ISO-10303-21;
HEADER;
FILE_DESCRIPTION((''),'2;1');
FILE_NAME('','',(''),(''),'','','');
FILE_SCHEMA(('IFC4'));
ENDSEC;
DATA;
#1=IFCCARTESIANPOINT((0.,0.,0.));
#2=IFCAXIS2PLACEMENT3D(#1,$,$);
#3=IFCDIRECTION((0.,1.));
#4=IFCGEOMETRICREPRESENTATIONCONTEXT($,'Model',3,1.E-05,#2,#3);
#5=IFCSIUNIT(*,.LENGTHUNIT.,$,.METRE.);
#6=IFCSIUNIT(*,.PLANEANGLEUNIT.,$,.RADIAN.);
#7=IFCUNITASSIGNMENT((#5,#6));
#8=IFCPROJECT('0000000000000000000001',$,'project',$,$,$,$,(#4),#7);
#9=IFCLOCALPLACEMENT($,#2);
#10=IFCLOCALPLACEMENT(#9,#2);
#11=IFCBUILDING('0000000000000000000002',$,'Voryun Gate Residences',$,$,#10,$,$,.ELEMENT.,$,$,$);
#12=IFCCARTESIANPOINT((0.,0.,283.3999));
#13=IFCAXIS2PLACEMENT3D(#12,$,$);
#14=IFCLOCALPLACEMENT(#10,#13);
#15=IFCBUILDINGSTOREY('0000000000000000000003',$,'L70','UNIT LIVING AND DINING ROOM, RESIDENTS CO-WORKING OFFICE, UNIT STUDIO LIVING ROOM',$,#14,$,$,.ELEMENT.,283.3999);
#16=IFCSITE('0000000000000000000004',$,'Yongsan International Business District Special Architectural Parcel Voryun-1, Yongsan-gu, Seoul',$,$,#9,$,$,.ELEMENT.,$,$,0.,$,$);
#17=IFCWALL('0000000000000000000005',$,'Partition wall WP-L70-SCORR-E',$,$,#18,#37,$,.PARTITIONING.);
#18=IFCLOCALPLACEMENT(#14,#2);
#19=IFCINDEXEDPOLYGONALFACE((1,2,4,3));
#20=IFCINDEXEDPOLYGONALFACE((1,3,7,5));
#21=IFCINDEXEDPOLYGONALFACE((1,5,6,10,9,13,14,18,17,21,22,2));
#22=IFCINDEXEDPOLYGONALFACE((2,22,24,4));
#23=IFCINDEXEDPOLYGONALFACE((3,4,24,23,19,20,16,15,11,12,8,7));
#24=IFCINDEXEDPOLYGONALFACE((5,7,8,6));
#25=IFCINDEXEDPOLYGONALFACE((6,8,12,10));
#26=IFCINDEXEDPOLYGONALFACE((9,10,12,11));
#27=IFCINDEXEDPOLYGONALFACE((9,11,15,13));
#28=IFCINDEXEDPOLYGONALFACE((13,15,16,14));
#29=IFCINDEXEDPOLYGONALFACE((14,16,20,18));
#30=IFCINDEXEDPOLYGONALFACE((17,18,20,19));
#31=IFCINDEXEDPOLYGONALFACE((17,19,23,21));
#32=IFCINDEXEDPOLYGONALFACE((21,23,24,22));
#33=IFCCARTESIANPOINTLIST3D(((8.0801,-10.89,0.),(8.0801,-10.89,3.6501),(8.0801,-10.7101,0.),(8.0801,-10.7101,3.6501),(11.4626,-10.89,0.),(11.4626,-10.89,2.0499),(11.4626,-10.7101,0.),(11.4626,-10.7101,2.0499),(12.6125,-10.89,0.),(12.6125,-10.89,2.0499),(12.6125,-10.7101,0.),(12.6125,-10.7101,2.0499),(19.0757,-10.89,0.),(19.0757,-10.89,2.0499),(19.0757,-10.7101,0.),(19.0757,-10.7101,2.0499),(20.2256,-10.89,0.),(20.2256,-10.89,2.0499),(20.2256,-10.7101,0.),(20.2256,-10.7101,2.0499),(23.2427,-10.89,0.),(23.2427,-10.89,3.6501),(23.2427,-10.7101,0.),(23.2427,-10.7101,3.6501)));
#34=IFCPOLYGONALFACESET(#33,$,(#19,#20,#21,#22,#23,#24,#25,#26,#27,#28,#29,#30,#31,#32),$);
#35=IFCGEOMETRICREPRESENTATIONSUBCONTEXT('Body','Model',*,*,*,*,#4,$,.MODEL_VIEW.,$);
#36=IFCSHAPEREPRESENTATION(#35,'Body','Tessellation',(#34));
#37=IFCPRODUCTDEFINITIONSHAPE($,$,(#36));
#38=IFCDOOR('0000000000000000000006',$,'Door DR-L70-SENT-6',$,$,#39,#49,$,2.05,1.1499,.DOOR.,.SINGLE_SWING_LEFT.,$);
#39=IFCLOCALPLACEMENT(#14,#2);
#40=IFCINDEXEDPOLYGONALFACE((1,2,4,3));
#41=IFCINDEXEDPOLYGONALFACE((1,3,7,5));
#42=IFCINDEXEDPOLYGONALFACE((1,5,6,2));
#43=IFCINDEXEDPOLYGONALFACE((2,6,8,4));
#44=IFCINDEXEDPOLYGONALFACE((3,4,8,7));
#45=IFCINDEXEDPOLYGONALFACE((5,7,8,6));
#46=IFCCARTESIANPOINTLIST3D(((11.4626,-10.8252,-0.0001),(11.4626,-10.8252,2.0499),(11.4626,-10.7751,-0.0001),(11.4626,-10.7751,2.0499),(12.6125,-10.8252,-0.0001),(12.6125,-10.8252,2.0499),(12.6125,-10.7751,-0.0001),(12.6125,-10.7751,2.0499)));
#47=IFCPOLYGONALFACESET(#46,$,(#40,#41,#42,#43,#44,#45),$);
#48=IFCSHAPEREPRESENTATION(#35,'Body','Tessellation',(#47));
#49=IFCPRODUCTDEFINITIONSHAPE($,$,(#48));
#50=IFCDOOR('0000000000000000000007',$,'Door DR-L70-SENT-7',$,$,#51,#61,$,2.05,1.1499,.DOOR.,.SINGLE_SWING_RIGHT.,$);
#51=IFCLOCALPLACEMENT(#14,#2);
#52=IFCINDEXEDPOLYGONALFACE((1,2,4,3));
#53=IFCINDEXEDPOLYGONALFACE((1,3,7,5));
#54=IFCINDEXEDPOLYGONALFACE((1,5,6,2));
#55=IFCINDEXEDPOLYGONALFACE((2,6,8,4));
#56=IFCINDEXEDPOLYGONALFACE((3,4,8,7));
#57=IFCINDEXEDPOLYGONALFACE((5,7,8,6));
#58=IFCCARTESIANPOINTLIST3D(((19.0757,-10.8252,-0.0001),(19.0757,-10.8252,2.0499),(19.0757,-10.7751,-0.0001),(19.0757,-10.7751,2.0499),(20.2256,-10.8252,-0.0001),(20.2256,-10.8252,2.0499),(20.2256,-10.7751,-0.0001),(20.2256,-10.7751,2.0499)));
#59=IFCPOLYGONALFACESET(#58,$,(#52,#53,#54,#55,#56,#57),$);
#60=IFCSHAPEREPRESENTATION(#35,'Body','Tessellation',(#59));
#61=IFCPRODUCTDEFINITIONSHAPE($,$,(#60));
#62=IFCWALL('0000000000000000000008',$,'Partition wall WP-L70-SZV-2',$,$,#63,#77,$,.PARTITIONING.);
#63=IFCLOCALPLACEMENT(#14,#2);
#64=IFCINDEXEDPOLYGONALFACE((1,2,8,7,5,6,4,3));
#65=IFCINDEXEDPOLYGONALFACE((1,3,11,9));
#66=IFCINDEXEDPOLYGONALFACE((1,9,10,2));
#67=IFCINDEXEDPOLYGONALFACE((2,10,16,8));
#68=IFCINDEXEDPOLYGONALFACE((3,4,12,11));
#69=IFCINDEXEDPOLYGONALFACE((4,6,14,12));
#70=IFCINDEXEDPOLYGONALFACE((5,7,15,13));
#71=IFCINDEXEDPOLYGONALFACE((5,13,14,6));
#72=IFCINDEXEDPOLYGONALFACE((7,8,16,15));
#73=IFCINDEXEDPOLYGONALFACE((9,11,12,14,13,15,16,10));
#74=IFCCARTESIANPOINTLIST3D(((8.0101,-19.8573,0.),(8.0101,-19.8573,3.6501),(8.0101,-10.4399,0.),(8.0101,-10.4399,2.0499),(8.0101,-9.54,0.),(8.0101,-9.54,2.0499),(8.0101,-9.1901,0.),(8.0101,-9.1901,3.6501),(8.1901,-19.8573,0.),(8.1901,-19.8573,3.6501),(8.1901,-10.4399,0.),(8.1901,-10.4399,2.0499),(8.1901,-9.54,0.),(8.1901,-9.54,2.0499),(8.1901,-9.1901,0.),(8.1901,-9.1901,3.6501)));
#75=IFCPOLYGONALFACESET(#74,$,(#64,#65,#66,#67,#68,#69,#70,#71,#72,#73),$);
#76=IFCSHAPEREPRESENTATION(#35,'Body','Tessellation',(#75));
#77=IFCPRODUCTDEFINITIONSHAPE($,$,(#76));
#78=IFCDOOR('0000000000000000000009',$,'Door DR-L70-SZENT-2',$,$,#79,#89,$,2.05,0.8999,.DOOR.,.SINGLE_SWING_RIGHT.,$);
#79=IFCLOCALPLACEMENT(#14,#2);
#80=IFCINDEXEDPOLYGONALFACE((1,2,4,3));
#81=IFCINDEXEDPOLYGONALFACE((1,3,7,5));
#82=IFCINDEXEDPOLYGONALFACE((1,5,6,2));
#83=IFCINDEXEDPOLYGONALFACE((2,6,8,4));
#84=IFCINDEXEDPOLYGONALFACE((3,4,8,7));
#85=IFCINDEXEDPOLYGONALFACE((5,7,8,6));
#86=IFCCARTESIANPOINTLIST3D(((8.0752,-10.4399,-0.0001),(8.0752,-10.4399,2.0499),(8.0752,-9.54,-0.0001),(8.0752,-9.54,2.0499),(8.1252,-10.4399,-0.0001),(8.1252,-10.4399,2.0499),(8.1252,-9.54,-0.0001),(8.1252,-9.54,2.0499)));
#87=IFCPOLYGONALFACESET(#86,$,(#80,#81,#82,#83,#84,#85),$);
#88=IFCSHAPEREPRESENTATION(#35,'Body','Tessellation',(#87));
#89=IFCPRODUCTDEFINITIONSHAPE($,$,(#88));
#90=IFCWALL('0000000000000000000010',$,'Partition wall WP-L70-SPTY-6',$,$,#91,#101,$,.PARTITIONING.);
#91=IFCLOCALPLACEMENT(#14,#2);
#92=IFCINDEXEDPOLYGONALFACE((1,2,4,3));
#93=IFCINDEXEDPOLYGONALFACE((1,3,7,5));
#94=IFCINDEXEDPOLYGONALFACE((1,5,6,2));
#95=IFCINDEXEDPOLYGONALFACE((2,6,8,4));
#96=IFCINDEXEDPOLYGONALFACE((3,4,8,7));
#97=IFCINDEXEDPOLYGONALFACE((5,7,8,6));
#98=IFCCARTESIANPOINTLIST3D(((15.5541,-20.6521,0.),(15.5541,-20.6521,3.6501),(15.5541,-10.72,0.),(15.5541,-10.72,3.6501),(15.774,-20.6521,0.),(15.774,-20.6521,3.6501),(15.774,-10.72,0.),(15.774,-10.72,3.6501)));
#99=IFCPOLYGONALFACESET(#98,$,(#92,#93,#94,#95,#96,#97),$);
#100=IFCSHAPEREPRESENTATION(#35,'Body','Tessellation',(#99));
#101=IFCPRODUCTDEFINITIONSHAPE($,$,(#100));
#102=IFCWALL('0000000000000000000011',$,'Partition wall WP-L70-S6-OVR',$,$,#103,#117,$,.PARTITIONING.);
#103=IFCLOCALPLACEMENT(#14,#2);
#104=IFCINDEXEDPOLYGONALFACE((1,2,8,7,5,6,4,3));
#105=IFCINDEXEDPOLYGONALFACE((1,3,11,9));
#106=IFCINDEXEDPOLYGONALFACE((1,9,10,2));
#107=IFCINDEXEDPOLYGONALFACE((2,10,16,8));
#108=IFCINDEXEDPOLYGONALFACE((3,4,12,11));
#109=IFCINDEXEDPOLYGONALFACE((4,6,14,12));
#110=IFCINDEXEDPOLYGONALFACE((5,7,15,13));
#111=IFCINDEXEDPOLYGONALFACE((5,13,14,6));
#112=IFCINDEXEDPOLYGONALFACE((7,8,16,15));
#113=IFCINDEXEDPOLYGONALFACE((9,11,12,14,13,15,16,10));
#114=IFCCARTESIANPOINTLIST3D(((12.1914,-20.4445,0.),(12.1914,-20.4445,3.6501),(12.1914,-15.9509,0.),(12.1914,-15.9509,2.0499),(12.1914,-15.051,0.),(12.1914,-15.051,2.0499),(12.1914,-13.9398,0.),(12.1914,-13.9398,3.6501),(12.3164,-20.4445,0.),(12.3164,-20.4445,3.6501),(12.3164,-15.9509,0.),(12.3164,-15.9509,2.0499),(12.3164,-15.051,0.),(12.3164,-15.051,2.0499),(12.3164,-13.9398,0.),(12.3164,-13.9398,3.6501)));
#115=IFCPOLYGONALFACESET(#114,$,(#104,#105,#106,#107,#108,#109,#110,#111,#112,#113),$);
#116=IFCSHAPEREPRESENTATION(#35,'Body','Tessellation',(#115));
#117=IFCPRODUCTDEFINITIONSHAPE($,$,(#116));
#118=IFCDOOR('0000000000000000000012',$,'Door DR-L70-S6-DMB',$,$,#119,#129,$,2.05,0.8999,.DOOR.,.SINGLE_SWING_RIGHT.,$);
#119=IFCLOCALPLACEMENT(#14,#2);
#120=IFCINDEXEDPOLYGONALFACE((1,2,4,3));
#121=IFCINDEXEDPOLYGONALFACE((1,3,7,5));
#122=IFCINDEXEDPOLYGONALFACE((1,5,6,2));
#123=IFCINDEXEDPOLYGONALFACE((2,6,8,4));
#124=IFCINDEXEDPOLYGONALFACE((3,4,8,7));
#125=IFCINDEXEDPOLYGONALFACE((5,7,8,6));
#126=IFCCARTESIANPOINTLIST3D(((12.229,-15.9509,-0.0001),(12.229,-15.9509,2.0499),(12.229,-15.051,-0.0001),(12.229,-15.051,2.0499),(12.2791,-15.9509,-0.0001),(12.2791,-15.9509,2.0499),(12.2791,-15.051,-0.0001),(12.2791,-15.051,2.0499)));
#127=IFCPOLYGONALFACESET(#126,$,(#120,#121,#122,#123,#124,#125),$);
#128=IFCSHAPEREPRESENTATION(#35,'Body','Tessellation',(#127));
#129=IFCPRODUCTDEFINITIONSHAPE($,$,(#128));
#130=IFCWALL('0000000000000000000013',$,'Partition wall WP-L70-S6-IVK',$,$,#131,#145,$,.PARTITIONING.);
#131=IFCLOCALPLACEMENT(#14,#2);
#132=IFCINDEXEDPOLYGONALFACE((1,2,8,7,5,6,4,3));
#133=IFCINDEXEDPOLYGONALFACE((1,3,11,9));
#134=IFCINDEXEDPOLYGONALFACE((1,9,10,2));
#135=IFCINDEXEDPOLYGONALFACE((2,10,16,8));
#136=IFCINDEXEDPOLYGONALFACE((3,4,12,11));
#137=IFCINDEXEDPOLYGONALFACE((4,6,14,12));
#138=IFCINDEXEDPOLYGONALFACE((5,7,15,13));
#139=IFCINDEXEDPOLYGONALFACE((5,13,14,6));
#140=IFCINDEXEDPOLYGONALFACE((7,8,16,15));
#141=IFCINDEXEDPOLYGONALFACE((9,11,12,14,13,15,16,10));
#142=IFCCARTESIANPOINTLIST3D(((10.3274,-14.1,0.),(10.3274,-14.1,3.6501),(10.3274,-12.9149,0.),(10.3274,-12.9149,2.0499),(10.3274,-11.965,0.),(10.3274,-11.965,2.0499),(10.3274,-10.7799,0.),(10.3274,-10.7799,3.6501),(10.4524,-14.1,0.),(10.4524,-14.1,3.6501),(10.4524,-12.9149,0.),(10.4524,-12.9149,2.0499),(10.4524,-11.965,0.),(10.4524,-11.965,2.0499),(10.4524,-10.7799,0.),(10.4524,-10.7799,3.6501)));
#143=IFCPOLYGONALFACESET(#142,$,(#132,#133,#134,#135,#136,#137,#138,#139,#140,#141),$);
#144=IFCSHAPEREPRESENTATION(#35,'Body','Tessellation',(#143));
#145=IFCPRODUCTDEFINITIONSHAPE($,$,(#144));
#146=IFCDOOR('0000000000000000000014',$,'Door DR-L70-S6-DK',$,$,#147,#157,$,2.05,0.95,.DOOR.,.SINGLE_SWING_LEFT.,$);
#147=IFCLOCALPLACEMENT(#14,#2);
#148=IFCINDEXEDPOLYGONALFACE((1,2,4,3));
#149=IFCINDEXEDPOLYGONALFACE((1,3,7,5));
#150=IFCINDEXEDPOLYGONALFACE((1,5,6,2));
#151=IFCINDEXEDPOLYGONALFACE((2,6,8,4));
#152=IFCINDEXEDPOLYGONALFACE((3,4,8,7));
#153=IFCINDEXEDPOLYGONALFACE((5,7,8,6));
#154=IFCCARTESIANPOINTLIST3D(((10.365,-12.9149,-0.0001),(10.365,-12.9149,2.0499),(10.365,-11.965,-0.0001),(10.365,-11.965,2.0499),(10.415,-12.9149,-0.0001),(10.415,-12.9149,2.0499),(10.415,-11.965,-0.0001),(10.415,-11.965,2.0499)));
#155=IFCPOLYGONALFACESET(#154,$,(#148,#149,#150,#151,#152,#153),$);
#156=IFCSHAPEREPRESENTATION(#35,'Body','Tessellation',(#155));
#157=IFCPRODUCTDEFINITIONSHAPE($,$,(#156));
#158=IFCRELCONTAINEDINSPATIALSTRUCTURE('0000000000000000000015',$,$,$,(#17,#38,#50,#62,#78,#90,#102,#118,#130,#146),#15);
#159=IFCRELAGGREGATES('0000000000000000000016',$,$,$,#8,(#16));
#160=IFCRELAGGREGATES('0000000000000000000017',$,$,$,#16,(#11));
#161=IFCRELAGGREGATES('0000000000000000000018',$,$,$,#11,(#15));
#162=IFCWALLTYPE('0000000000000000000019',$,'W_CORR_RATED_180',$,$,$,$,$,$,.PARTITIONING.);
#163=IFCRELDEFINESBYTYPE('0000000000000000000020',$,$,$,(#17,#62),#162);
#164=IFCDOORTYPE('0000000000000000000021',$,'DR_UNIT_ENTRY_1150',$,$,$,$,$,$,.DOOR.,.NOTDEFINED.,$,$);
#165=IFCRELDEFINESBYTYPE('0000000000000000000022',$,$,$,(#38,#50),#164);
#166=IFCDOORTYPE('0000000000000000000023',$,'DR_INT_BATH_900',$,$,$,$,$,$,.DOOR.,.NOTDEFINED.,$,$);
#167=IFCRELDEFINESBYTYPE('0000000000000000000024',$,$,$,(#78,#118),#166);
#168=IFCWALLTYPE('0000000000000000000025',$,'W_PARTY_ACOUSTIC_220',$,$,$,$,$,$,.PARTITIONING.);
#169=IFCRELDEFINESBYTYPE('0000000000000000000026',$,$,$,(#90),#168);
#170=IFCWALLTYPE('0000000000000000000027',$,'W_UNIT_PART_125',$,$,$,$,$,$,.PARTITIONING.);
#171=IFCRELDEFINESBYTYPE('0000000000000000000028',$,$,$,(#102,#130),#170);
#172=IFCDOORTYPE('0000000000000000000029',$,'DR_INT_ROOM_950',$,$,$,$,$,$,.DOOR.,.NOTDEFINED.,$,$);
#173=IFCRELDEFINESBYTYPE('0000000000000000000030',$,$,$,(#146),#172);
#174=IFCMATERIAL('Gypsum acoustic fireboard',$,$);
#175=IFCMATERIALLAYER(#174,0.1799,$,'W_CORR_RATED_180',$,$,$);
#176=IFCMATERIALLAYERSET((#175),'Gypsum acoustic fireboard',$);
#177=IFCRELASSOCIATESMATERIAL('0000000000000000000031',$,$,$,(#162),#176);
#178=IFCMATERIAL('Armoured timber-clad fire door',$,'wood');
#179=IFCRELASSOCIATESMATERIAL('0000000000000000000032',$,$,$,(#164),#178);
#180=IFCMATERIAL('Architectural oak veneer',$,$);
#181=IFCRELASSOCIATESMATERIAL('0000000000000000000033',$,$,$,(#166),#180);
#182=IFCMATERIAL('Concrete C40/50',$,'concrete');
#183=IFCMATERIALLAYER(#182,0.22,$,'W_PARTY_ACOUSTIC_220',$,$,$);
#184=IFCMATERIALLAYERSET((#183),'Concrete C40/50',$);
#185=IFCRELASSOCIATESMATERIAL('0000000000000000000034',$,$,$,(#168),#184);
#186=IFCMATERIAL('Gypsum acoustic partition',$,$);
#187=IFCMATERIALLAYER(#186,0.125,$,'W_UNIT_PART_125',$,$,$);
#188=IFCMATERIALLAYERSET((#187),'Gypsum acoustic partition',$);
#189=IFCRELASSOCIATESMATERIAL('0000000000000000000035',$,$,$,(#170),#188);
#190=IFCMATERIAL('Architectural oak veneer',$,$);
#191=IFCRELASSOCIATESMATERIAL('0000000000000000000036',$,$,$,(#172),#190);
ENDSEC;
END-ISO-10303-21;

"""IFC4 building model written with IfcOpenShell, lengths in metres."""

from ifc_helpers import new_model, si_unit, direction, frame, frame_2d, origin, place, context, subcontext, project, spatial, rectangle, extrude, material, layer, layer_set, type_object, element, fill, save


model = new_model("IFC4")

# Units and contexts
model_context = context("Model", 3, precision=1e-05, world=origin(), true_north=direction((0.0, 1.0)))
body_context = subcontext(model_context, "Body", "Model", "MODEL_VIEW")
ifc_project = project(units=[si_unit("LENGTHUNIT", "METRE"), si_unit("PLANEANGLEUNIT", "RADIAN")], contexts=[model_context])

# Site, building, storey
site_placement = place(None, origin())
site = spatial("IfcSite", under=ifc_project, at=site_placement, Name="Yongsan International Business District Special Architectural Parcel Voryun-1, Yongsan-gu, Seoul", CompositionType="ELEMENT", RefElevation=0.0)
building_placement = place(site_placement, origin())
building = spatial("IfcBuilding", under=site, at=building_placement, Name="Voryun Gate Residences", CompositionType="ELEMENT")
storey_placement = place(building_placement, frame((0.0, 0.0, 283.3999)))
storey = spatial("IfcBuildingStorey", under=building, at=storey_placement, Name="L70", Description="UNIT LIVING AND DINING ROOM, RESIDENTS CO-WORKING OFFICE, UNIT STUDIO LIVING ROOM", CompositionType="ELEMENT", Elevation=283.3999)

# Shared definitions
ifc_material_1 = material(Name="Gypsum acoustic fireboard")
ifc_layer_1 = layer(ifc_material_1, 0.1799, Name="W_CORR_RATED_180")
ifc_layer_set_1 = layer_set([ifc_layer_1], Name="Gypsum acoustic fireboard")
wall_type_1 = type_object("IfcWallType", Name="W_CORR_RATED_180", PredefinedType="PARTITIONING", material=ifc_layer_set_1)

# Wall, openings, doors
wall_1_placement = place(storey_placement, frame((8.0801, -10.8, 0.0), z_axis=(0.0, 0.0, 1.0), x_axis=(1.0, 0.0, 0.0)))
wall_1 = element("IfcWall", 1, at=wall_1_placement, inside=storey, type_object=wall_type_1, Name="Partition wall WP-L70-SCORR-E", PredefinedType="PARTITIONING", context=body_context, shape_type="SweptSolid", body=[
    extrude(rectangle(XDim=15.1626, YDim=0.1799, at=frame_2d((7.5813, 0.0))), origin(), (0.0, 0.0, 1.0), 3.6501),
])
opening_1_placement = place(wall_1_placement, frame((3.3826, 0.0, 0.0)))
opening_1 = element("IfcOpeningElement", 2, at=opening_1_placement, cuts=wall_1, PredefinedType="OPENING", context=body_context, shape_type="SweptSolid", body=[
    extrude(rectangle(XDim=1.1499, YDim=2.05, at=frame_2d((0.575, 1.0249))), frame((0.0, 0.0999, 0.0), z_axis=(0.0, -1.0, 0.0), x_axis=(1.0, 0.0, 0.0)), (0.0, 0.0, 1.0), 0.2),
])
opening_2_placement = place(wall_1_placement, frame((10.9956, 0.0, 0.0)))
opening_2 = element("IfcOpeningElement", 3, at=opening_2_placement, cuts=wall_1, PredefinedType="OPENING", context=body_context, shape_type="SweptSolid", body=[
    extrude(rectangle(XDim=1.1499, YDim=2.05, at=frame_2d((0.575, 1.0249))), frame((0.0, 0.0999, 0.0), z_axis=(0.0, -1.0, 0.0), x_axis=(1.0, 0.0, 0.0)), (0.0, 0.0, 1.0), 0.2),
])
ifc_material_2 = material(Name="Armoured timber-clad fire door", Category="wood")
door_type_1 = type_object("IfcDoorType", Name="DR_UNIT_ENTRY_1150", OperationType="NOTDEFINED", PredefinedType="DOOR", material=ifc_material_2)
door_1_placement = place(opening_1_placement, origin())
door_1 = element("IfcDoor", 4, at=door_1_placement, inside=storey, type_object=door_type_1, Name="Door DR-L70-SENT-6", OperationType="SINGLE_SWING_LEFT", OverallHeight=2.05, OverallWidth=1.1499, PredefinedType="DOOR", context=body_context, shape_type="SweptSolid", body=[
    extrude(rectangle(XDim=1.1499, YDim=2.05, at=frame_2d((0.575, 1.0249))), frame((0.0, 0.0249, 0.0), z_axis=(0.0, -1.0, 0.0), x_axis=(1.0, 0.0, 0.0)), (0.0, 0.0, 1.0), 0.05),
])
fill(opening_1, door_1)
door_2_placement = place(opening_2_placement, origin())
door_2 = element("IfcDoor", 5, at=door_2_placement, inside=storey, type_object=door_type_1, Name="Door DR-L70-SENT-7", OperationType="SINGLE_SWING_RIGHT", OverallHeight=2.05, OverallWidth=1.1499, PredefinedType="DOOR", context=body_context, shape_type="SweptSolid", body=[
    extrude(rectangle(XDim=1.1499, YDim=2.05, at=frame_2d((0.575, 1.0249))), frame((0.0, 0.0249, 0.0), z_axis=(0.0, -1.0, 0.0), x_axis=(1.0, 0.0, 0.0)), (0.0, 0.0, 1.0), 0.05),
])
fill(opening_2, door_2)

# Wall, opening, door
wall_2_placement = place(storey_placement, frame((8.1001, -19.8572, 0.0), z_axis=(0.0, 0.0, 1.0), x_axis=(0.0, 1.0, 0.0)))
wall_2 = element("IfcWall", 6, at=wall_2_placement, inside=storey, type_object=wall_type_1, Name="Partition wall WP-L70-SZV-2", PredefinedType="PARTITIONING", context=body_context, shape_type="SweptSolid", body=[
    extrude(rectangle(XDim=10.6672, YDim=0.1799, at=frame_2d((5.3335, 0.0))), origin(), (0.0, 0.0, 1.0), 3.6501),
])
opening_3_placement = place(wall_2_placement, frame((9.4172, 0.0, 0.0)))
opening_3 = element("IfcOpeningElement", 7, at=opening_3_placement, cuts=wall_2, PredefinedType="OPENING", context=body_context, shape_type="SweptSolid", body=[
    extrude(rectangle(XDim=0.8999, YDim=2.05, at=frame_2d((0.45, 1.0249))), frame((0.0, 0.0999, 0.0), z_axis=(0.0, -1.0, 0.0), x_axis=(1.0, 0.0, 0.0)), (0.0, 0.0, 1.0), 0.2),
])
ifc_material_3 = material(Name="Architectural oak veneer")
door_type_2 = type_object("IfcDoorType", Name="DR_INT_BATH_900", OperationType="NOTDEFINED", PredefinedType="DOOR", material=ifc_material_3)
door_3_placement = place(opening_3_placement, origin())
door_3 = element("IfcDoor", 8, at=door_3_placement, inside=storey, type_object=door_type_2, Name="Door DR-L70-SZENT-2", OperationType="SINGLE_SWING_RIGHT", OverallHeight=2.05, OverallWidth=0.8999, PredefinedType="DOOR", context=body_context, shape_type="SweptSolid", body=[
    extrude(rectangle(XDim=0.8999, YDim=2.05, at=frame_2d((0.45, 1.0249))), frame((0.0, 0.0249, 0.0), z_axis=(0.0, -1.0, 0.0), x_axis=(1.0, 0.0, 0.0)), (0.0, 0.0, 1.0), 0.05),
])
fill(opening_3, door_3)

# Wall
ifc_material_4 = material(Name="Concrete C40/50", Category="concrete")
ifc_layer_2 = layer(ifc_material_4, 0.22, Name="W_PARTY_ACOUSTIC_220")
ifc_layer_set_2 = layer_set([ifc_layer_2], Name="Concrete C40/50")
wall_type_2 = type_object("IfcWallType", Name="W_PARTY_ACOUSTIC_220", PredefinedType="PARTITIONING", material=ifc_layer_set_2)
wall_3_placement = place(storey_placement, frame((15.6641, -20.6521, 0.0), z_axis=(0.0, 0.0, 1.0), x_axis=(0.0, 1.0, 0.0)))
element("IfcWall", 9, at=wall_3_placement, inside=storey, type_object=wall_type_2, Name="Partition wall WP-L70-SPTY-6", PredefinedType="PARTITIONING", context=body_context, shape_type="SweptSolid", body=[
    extrude(rectangle(XDim=9.9321, YDim=0.22, at=frame_2d((4.9661, 0.0))), origin(), (0.0, 0.0, 1.0), 3.6501),
])

# Walls, openings, doors
ifc_material_5 = material(Name="Gypsum acoustic partition")
ifc_layer_3 = layer(ifc_material_5, 0.125, Name="W_UNIT_PART_125")
ifc_layer_set_3 = layer_set([ifc_layer_3], Name="Gypsum acoustic partition")
wall_type_3 = type_object("IfcWallType", Name="W_UNIT_PART_125", PredefinedType="PARTITIONING", material=ifc_layer_set_3)
wall_4_placement = place(storey_placement, frame((12.2539, -20.4446, 0.0), z_axis=(0.0, 0.0, 1.0), x_axis=(0.0, 1.0, 0.0)))
wall_4 = element("IfcWall", 10, at=wall_4_placement, inside=storey, type_object=wall_type_3, Name="Partition wall WP-L70-S6-OVR", PredefinedType="PARTITIONING", context=body_context, shape_type="SweptSolid", body=[
    extrude(rectangle(XDim=6.5046, YDim=0.125, at=frame_2d((3.2524, 0.0))), origin(), (0.0, 0.0, 1.0), 3.6501),
])
opening_4_placement = place(wall_4_placement, frame((4.4937, 0.0, 0.0)))
opening_4 = element("IfcOpeningElement", 11, at=opening_4_placement, cuts=wall_4, PredefinedType="OPENING", context=body_context, shape_type="SweptSolid", body=[
    extrude(rectangle(XDim=0.8999, YDim=2.05, at=frame_2d((0.45, 1.0249))), frame((0.0, 0.0725, 0.0), z_axis=(0.0, -1.0, 0.0), x_axis=(1.0, 0.0, 0.0)), (0.0, 0.0, 1.0), 0.145),
])
door_4_placement = place(opening_4_placement, origin())
door_4 = element("IfcDoor", 12, at=door_4_placement, inside=storey, type_object=door_type_2, Name="Door DR-L70-S6-DMB", OperationType="SINGLE_SWING_RIGHT", OverallHeight=2.05, OverallWidth=0.8999, PredefinedType="DOOR", context=body_context, shape_type="SweptSolid", body=[
    extrude(rectangle(XDim=0.8999, YDim=2.05, at=frame_2d((0.45, 1.0249))), frame((0.0, 0.0249, 0.0), z_axis=(0.0, -1.0, 0.0), x_axis=(1.0, 0.0, 0.0)), (0.0, 0.0, 1.0), 0.05),
])
fill(opening_4, door_4)
wall_5_placement = place(storey_placement, frame((10.3899, -14.1001, 0.0), z_axis=(0.0, 0.0, 1.0), x_axis=(0.0, 1.0, 0.0)))
wall_5 = element("IfcWall", 13, at=wall_5_placement, inside=storey, type_object=wall_type_3, Name="Partition wall WP-L70-S6-IVK", PredefinedType="PARTITIONING", context=body_context, shape_type="SweptSolid", body=[
    extrude(rectangle(XDim=3.3201, YDim=0.125, at=frame_2d((1.6602, 0.0))), origin(), (0.0, 0.0, 1.0), 3.6501),
])
opening_5_placement = place(wall_5_placement, frame((1.1851, 0.0, 0.0)))
opening_5 = element("IfcOpeningElement", 14, at=opening_5_placement, cuts=wall_5, PredefinedType="OPENING", context=body_context, shape_type="SweptSolid", body=[
    extrude(rectangle(XDim=0.95, YDim=2.05, at=frame_2d((0.4751, 1.0249))), frame((0.0, 0.0725, 0.0), z_axis=(0.0, -1.0, 0.0), x_axis=(1.0, 0.0, 0.0)), (0.0, 0.0, 1.0), 0.145),
])
ifc_material_6 = material(Name="Architectural oak veneer")
door_type_3 = type_object("IfcDoorType", Name="DR_INT_ROOM_950", OperationType="NOTDEFINED", PredefinedType="DOOR", material=ifc_material_6)
door_5_placement = place(opening_5_placement, origin())
door_5 = element("IfcDoor", 15, at=door_5_placement, inside=storey, type_object=door_type_3, Name="Door DR-L70-S6-DK", OperationType="SINGLE_SWING_LEFT", OverallHeight=2.05, OverallWidth=0.95, PredefinedType="DOOR", context=body_context, shape_type="SweptSolid", body=[
    extrude(rectangle(XDim=0.95, YDim=2.05, at=frame_2d((0.4751, 1.0249))), frame((0.0, 0.0249, 0.0), z_axis=(0.0, -1.0, 0.0), x_axis=(1.0, 0.0, 0.0)), (0.0, 0.0, 1.0), 0.05),
])
fill(opening_5, door_5)

save(model, "model.ifc")
